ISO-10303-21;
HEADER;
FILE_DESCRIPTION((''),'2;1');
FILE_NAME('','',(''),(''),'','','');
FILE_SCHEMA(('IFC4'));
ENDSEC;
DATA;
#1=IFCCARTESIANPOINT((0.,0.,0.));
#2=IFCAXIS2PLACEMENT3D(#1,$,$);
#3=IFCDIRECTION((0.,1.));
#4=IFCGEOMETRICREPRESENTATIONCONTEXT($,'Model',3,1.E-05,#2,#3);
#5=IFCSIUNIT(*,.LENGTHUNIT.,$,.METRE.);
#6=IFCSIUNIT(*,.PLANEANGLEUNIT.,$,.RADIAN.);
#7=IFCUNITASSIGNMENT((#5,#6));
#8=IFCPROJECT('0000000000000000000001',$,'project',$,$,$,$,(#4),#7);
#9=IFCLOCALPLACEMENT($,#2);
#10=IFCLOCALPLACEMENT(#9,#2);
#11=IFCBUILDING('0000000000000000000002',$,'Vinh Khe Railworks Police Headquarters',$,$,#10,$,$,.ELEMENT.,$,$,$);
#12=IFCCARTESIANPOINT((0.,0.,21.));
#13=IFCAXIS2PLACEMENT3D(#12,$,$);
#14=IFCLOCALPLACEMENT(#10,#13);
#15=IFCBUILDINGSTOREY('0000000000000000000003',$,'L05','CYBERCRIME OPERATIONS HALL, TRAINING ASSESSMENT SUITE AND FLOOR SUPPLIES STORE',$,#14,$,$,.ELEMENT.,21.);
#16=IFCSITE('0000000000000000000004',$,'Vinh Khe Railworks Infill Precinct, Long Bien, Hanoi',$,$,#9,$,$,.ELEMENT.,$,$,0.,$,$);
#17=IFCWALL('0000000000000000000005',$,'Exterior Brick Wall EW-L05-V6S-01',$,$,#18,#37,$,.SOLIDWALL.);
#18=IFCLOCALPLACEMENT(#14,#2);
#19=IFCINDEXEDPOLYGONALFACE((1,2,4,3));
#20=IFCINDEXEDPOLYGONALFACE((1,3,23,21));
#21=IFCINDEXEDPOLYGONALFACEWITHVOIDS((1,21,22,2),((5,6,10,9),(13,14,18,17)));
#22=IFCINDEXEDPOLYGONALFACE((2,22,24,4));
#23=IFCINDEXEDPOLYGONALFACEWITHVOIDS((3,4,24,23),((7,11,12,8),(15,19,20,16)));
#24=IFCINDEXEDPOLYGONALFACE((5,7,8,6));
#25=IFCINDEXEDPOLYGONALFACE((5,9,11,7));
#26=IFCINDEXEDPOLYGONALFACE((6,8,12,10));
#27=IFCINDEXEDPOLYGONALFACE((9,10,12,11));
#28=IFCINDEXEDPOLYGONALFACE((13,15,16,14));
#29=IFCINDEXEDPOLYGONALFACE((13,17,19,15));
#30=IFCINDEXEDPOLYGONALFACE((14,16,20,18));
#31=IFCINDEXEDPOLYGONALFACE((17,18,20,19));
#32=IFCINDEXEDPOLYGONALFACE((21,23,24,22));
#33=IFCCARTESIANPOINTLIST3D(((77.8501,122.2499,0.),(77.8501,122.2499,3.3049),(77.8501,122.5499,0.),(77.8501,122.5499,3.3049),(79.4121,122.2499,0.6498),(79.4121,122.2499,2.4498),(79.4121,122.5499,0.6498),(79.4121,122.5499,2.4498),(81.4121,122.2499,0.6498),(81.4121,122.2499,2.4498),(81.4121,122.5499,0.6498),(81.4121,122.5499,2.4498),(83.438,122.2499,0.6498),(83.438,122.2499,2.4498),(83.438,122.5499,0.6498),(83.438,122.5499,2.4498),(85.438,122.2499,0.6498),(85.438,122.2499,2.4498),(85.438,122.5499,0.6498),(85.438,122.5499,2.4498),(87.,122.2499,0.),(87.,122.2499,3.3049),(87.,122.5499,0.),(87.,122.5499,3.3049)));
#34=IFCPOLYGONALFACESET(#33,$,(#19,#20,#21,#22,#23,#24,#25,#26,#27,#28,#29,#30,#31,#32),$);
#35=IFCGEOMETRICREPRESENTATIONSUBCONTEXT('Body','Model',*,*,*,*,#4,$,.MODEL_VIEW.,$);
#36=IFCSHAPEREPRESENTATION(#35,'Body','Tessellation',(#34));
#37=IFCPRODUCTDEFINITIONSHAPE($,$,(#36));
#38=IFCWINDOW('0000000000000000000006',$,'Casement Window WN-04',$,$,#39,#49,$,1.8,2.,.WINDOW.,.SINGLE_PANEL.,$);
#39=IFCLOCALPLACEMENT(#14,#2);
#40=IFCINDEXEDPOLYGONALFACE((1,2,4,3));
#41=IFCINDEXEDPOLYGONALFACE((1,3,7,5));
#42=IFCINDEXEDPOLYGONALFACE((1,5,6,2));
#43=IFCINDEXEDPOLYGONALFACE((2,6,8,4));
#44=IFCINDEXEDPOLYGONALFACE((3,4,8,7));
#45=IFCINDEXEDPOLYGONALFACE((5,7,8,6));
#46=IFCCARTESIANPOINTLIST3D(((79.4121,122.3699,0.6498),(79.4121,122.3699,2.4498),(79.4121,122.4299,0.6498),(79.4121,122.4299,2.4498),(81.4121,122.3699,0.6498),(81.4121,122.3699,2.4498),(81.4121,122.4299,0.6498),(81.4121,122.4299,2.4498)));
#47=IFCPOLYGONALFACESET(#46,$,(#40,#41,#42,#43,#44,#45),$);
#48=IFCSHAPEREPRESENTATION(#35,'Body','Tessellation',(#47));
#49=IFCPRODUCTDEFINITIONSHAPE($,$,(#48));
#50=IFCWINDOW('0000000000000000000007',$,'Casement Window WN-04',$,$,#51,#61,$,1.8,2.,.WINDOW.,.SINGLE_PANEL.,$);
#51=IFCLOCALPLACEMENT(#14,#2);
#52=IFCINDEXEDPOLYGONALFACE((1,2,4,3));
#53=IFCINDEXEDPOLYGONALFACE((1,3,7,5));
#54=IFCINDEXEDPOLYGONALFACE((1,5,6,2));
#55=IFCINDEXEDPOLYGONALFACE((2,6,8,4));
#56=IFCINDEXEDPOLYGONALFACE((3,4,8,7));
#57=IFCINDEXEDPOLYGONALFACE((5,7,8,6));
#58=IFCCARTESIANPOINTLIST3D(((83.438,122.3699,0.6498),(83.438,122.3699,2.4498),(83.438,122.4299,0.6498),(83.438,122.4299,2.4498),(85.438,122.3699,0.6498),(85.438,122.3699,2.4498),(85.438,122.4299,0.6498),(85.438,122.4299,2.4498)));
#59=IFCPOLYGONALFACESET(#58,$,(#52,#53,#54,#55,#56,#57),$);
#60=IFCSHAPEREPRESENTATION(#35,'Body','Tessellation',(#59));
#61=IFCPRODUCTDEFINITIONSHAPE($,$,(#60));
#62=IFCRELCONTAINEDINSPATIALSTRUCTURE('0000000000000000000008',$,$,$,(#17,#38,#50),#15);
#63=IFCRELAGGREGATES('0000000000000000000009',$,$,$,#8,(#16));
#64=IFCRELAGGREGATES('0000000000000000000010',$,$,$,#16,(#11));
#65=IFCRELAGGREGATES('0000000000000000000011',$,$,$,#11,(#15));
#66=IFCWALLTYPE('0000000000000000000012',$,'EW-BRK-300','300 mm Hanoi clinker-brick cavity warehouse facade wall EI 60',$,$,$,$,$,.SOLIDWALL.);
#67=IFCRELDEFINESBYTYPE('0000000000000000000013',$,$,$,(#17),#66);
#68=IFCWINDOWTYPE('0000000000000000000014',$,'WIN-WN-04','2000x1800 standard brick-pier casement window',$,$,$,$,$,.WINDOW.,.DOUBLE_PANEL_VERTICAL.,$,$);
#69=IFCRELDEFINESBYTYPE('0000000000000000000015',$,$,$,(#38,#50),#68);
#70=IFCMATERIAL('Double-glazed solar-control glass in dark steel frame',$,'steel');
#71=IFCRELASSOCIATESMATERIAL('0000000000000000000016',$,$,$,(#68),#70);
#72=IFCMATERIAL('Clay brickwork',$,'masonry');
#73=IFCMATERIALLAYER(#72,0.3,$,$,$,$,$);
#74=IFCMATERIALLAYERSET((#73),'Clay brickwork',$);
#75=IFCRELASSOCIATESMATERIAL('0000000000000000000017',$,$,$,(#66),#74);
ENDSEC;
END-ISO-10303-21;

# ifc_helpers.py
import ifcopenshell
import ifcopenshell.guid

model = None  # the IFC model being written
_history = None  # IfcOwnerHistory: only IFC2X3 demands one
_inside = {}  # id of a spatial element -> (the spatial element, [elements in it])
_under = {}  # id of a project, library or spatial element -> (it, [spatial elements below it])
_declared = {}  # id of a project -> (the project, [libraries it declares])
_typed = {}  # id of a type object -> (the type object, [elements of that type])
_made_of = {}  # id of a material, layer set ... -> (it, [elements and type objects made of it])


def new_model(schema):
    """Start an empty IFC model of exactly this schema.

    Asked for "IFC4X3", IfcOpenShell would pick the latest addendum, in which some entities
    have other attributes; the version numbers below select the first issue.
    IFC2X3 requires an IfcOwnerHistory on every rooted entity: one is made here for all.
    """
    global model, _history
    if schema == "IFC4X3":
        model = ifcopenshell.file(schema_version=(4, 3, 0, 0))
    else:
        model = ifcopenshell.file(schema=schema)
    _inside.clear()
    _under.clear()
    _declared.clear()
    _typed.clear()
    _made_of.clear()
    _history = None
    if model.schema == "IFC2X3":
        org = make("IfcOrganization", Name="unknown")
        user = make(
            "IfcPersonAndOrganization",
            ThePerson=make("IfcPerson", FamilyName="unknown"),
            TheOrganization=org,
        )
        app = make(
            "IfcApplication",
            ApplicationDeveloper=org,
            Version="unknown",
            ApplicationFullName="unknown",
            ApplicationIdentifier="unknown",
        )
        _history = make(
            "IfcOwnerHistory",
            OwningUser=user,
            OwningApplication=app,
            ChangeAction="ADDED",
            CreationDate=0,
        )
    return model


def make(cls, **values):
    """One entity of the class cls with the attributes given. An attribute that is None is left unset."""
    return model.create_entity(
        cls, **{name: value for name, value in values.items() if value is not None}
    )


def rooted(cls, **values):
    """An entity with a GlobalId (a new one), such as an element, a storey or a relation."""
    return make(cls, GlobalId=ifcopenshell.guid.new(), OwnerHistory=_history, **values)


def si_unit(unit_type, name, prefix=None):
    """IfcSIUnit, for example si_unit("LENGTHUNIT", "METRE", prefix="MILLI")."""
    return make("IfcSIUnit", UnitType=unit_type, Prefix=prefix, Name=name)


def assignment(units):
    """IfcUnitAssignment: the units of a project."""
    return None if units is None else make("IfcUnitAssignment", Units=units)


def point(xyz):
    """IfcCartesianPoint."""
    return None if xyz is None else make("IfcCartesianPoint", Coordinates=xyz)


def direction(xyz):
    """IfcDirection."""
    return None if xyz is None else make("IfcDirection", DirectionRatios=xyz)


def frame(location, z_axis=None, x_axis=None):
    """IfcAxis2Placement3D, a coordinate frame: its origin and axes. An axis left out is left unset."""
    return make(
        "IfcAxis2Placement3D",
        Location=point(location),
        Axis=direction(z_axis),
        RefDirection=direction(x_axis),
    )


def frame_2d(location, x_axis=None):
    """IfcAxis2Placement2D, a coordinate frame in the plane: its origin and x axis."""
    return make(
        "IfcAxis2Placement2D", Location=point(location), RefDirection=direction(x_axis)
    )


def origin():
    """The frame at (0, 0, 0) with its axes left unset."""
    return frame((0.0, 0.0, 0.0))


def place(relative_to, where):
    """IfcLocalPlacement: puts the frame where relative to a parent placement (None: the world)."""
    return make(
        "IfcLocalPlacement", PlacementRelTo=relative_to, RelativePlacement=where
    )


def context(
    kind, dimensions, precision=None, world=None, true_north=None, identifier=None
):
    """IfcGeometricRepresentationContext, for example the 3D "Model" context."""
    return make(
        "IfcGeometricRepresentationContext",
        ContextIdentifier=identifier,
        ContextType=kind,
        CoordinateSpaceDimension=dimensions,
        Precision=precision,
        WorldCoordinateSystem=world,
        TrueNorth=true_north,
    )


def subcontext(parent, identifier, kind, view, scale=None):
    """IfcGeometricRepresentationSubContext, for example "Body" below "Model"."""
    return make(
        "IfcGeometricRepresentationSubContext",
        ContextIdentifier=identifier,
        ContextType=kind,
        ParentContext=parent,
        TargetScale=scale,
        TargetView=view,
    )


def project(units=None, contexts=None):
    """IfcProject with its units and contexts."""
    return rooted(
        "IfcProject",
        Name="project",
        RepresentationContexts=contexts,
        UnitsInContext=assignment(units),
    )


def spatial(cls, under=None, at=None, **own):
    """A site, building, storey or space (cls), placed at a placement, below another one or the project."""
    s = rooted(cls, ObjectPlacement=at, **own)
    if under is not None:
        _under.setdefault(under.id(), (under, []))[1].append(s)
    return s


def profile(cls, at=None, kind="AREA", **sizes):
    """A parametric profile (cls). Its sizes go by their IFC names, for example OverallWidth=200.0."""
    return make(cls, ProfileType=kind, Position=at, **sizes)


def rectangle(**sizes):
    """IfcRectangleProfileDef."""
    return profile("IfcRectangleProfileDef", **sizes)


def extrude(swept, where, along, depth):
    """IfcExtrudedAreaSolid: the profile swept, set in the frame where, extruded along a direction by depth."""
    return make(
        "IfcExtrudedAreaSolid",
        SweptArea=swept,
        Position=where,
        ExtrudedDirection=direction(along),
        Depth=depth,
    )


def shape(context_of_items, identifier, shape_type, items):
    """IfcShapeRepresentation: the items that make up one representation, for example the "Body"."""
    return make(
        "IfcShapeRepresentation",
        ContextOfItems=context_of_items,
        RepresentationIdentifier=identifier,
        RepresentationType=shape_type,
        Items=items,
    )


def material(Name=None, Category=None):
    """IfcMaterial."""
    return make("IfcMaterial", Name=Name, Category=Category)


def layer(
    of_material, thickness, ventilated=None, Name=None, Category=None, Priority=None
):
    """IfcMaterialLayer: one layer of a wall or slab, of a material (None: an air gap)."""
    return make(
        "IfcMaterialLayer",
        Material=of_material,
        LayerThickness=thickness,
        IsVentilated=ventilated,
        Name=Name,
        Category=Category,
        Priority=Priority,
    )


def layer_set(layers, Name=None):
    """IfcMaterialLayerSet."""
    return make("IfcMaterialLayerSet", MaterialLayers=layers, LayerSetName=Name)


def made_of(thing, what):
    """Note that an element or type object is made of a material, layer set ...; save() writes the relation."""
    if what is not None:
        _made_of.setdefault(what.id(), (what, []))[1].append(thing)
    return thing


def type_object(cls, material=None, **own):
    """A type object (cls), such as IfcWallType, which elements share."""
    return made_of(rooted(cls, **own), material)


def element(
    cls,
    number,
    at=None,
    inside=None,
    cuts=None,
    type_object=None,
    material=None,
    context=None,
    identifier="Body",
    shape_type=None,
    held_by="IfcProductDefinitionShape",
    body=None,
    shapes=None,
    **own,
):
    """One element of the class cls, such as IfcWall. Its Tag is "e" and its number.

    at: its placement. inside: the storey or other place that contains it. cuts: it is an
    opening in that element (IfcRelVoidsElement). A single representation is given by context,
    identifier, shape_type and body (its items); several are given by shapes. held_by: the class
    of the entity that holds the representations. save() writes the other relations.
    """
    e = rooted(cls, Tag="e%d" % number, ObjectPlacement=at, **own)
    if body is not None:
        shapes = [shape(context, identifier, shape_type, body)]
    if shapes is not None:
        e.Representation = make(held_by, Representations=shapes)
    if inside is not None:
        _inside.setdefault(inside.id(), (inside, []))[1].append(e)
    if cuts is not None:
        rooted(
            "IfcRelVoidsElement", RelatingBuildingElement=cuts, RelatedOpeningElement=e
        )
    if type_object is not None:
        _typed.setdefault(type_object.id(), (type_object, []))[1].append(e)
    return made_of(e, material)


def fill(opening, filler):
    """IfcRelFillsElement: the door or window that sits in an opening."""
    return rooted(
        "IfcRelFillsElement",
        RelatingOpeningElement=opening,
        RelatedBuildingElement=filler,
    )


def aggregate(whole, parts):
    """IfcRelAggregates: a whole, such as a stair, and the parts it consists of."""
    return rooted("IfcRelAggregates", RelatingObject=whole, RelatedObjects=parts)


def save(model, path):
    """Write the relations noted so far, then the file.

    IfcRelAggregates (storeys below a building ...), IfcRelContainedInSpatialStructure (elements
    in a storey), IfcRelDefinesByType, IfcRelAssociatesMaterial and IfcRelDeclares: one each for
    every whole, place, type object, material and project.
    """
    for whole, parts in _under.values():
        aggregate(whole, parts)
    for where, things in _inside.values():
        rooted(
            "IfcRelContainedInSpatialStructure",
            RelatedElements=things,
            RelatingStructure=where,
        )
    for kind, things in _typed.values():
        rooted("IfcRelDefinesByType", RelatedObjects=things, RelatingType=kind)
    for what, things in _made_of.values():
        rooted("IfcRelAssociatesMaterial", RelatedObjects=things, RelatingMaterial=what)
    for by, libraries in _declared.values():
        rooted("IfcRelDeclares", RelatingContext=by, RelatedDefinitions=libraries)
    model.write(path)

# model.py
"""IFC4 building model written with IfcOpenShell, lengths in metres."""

from ifc_helpers import new_model, si_unit, direction, frame, frame_2d, origin, place, context, subcontext, project, spatial, rectangle, extrude, material, layer, layer_set, type_object, element, fill, save


model = new_model("IFC4")

# Units and contexts
model_context = context("Model", 3, precision=1e-05, world=origin(), true_north=direction((0.0, 1.0)))
body_context = subcontext(model_context, "Body", "Model", "MODEL_VIEW")
ifc_project = project(units=[si_unit("LENGTHUNIT", "METRE"), si_unit("PLANEANGLEUNIT", "RADIAN")], contexts=[model_context])

# Site, building, storey
site_placement = place(None, origin())
site = spatial("IfcSite", under=ifc_project, at=site_placement, Name="Vinh Khe Railworks Infill Precinct, Long Bien, Hanoi", CompositionType="ELEMENT", RefElevation=0.0)
building_placement = place(site_placement, origin())
building = spatial("IfcBuilding", under=site, at=building_placement, Name="Vinh Khe Railworks Police Headquarters", CompositionType="ELEMENT")
storey_placement = place(building_placement, frame((0.0, 0.0, 21.0)))
storey = spatial("IfcBuildingStorey", under=building, at=storey_placement, Name="L05", Description="CYBERCRIME OPERATIONS HALL, TRAINING ASSESSMENT SUITE AND FLOOR SUPPLIES STORE", CompositionType="ELEMENT", Elevation=21.0)

# Wall, openings, windows
ifc_material_1 = material(Name="Clay brickwork", Category="masonry")
ifc_material_2 = material(Name="Double-glazed solar-control glass in dark steel frame", Category="steel")
window_type = type_object("IfcWindowType", Name="WIN-WN-04", Description="2000x1800 standard brick-pier casement window", PartitioningType="DOUBLE_PANEL_VERTICAL", PredefinedType="WINDOW", material=ifc_material_2)
ifc_layer_1 = layer(ifc_material_1, 0.3)
ifc_layer_set_1 = layer_set([ifc_layer_1], Name="Clay brickwork")
wall_type_1 = type_object("IfcWallType", Name="EW-BRK-300", Description="300 mm Hanoi clinker-brick cavity warehouse facade wall EI 60", PredefinedType="SOLIDWALL", material=ifc_layer_set_1)
wall_1_placement = place(storey_placement, frame((77.8501, 122.3999, 0.0), z_axis=(0.0, 0.0, 1.0), x_axis=(1.0, 0.0, 0.0)))
wall_1 = element("IfcWall", 1, at=wall_1_placement, inside=storey, type_object=wall_type_1, Name="Exterior Brick Wall EW-L05-V6S-01", PredefinedType="SOLIDWALL", context=body_context, shape_type="SweptSolid", body=[
    extrude(rectangle(XDim=9.1499, YDim=0.3, at=frame_2d((4.575, 0.0))), origin(), (0.0, 0.0, 1.0), 3.3049),
])
opening_1_placement = place(wall_1_placement, frame((1.562, 0.0, 0.6499)))
opening_1 = element("IfcOpeningElement", 2, at=opening_1_placement, cuts=wall_1, PredefinedType="OPENING", context=body_context, shape_type="SweptSolid", body=[
    extrude(rectangle(XDim=2.0, YDim=1.8, at=frame_2d((1.0, 0.8999))), frame((0.0, 0.165, 0.0), z_axis=(0.0, -1.0, 0.0), x_axis=(1.0, 0.0, 0.0)), (0.0, 0.0, 1.0), 0.3298),
])
opening_2_placement = place(wall_1_placement, frame((5.5879, 0.0, 0.6499)))
opening_2 = element("IfcOpeningElement", 3, at=opening_2_placement, cuts=wall_1, PredefinedType="OPENING", context=body_context, shape_type="SweptSolid", body=[
    extrude(rectangle(XDim=2.0, YDim=1.8, at=frame_2d((1.0, 0.8999))), frame((0.0, 0.165, 0.0), z_axis=(0.0, -1.0, 0.0), x_axis=(1.0, 0.0, 0.0)), (0.0, 0.0, 1.0), 0.3298),
])
window_1_placement = place(opening_1_placement, origin())
window_1 = element("IfcWindow", 4, at=window_1_placement, inside=storey, type_object=window_type, Name="Casement Window WN-04", OverallHeight=1.8, OverallWidth=2.0, PartitioningType="SINGLE_PANEL", PredefinedType="WINDOW", context=body_context, shape_type="SweptSolid", body=[
    extrude(rectangle(XDim=2.0, YDim=1.8, at=frame_2d((1.0, 0.8999))), frame((0.0, 0.03, 0.0), z_axis=(0.0, -1.0, 0.0), x_axis=(1.0, 0.0, 0.0)), (0.0, 0.0, 1.0), 0.0601),
])
fill(opening_1, window_1)
window_2_placement = place(opening_2_placement, origin())
window_2 = element("IfcWindow", 5, at=window_2_placement, inside=storey, type_object=window_type, Name="Casement Window WN-04", OverallHeight=1.8, OverallWidth=2.0, PartitioningType="SINGLE_PANEL", PredefinedType="WINDOW", context=body_context, shape_type="SweptSolid", body=[
    extrude(rectangle(XDim=2.0, YDim=1.8, at=frame_2d((1.0, 0.8999))), frame((0.0, 0.03, 0.0), z_axis=(0.0, -1.0, 0.0), x_axis=(1.0, 0.0, 0.0)), (0.0, 0.0, 1.0), 0.0601),
])
fill(opening_2, window_2)

save(model, "model.ifc")
